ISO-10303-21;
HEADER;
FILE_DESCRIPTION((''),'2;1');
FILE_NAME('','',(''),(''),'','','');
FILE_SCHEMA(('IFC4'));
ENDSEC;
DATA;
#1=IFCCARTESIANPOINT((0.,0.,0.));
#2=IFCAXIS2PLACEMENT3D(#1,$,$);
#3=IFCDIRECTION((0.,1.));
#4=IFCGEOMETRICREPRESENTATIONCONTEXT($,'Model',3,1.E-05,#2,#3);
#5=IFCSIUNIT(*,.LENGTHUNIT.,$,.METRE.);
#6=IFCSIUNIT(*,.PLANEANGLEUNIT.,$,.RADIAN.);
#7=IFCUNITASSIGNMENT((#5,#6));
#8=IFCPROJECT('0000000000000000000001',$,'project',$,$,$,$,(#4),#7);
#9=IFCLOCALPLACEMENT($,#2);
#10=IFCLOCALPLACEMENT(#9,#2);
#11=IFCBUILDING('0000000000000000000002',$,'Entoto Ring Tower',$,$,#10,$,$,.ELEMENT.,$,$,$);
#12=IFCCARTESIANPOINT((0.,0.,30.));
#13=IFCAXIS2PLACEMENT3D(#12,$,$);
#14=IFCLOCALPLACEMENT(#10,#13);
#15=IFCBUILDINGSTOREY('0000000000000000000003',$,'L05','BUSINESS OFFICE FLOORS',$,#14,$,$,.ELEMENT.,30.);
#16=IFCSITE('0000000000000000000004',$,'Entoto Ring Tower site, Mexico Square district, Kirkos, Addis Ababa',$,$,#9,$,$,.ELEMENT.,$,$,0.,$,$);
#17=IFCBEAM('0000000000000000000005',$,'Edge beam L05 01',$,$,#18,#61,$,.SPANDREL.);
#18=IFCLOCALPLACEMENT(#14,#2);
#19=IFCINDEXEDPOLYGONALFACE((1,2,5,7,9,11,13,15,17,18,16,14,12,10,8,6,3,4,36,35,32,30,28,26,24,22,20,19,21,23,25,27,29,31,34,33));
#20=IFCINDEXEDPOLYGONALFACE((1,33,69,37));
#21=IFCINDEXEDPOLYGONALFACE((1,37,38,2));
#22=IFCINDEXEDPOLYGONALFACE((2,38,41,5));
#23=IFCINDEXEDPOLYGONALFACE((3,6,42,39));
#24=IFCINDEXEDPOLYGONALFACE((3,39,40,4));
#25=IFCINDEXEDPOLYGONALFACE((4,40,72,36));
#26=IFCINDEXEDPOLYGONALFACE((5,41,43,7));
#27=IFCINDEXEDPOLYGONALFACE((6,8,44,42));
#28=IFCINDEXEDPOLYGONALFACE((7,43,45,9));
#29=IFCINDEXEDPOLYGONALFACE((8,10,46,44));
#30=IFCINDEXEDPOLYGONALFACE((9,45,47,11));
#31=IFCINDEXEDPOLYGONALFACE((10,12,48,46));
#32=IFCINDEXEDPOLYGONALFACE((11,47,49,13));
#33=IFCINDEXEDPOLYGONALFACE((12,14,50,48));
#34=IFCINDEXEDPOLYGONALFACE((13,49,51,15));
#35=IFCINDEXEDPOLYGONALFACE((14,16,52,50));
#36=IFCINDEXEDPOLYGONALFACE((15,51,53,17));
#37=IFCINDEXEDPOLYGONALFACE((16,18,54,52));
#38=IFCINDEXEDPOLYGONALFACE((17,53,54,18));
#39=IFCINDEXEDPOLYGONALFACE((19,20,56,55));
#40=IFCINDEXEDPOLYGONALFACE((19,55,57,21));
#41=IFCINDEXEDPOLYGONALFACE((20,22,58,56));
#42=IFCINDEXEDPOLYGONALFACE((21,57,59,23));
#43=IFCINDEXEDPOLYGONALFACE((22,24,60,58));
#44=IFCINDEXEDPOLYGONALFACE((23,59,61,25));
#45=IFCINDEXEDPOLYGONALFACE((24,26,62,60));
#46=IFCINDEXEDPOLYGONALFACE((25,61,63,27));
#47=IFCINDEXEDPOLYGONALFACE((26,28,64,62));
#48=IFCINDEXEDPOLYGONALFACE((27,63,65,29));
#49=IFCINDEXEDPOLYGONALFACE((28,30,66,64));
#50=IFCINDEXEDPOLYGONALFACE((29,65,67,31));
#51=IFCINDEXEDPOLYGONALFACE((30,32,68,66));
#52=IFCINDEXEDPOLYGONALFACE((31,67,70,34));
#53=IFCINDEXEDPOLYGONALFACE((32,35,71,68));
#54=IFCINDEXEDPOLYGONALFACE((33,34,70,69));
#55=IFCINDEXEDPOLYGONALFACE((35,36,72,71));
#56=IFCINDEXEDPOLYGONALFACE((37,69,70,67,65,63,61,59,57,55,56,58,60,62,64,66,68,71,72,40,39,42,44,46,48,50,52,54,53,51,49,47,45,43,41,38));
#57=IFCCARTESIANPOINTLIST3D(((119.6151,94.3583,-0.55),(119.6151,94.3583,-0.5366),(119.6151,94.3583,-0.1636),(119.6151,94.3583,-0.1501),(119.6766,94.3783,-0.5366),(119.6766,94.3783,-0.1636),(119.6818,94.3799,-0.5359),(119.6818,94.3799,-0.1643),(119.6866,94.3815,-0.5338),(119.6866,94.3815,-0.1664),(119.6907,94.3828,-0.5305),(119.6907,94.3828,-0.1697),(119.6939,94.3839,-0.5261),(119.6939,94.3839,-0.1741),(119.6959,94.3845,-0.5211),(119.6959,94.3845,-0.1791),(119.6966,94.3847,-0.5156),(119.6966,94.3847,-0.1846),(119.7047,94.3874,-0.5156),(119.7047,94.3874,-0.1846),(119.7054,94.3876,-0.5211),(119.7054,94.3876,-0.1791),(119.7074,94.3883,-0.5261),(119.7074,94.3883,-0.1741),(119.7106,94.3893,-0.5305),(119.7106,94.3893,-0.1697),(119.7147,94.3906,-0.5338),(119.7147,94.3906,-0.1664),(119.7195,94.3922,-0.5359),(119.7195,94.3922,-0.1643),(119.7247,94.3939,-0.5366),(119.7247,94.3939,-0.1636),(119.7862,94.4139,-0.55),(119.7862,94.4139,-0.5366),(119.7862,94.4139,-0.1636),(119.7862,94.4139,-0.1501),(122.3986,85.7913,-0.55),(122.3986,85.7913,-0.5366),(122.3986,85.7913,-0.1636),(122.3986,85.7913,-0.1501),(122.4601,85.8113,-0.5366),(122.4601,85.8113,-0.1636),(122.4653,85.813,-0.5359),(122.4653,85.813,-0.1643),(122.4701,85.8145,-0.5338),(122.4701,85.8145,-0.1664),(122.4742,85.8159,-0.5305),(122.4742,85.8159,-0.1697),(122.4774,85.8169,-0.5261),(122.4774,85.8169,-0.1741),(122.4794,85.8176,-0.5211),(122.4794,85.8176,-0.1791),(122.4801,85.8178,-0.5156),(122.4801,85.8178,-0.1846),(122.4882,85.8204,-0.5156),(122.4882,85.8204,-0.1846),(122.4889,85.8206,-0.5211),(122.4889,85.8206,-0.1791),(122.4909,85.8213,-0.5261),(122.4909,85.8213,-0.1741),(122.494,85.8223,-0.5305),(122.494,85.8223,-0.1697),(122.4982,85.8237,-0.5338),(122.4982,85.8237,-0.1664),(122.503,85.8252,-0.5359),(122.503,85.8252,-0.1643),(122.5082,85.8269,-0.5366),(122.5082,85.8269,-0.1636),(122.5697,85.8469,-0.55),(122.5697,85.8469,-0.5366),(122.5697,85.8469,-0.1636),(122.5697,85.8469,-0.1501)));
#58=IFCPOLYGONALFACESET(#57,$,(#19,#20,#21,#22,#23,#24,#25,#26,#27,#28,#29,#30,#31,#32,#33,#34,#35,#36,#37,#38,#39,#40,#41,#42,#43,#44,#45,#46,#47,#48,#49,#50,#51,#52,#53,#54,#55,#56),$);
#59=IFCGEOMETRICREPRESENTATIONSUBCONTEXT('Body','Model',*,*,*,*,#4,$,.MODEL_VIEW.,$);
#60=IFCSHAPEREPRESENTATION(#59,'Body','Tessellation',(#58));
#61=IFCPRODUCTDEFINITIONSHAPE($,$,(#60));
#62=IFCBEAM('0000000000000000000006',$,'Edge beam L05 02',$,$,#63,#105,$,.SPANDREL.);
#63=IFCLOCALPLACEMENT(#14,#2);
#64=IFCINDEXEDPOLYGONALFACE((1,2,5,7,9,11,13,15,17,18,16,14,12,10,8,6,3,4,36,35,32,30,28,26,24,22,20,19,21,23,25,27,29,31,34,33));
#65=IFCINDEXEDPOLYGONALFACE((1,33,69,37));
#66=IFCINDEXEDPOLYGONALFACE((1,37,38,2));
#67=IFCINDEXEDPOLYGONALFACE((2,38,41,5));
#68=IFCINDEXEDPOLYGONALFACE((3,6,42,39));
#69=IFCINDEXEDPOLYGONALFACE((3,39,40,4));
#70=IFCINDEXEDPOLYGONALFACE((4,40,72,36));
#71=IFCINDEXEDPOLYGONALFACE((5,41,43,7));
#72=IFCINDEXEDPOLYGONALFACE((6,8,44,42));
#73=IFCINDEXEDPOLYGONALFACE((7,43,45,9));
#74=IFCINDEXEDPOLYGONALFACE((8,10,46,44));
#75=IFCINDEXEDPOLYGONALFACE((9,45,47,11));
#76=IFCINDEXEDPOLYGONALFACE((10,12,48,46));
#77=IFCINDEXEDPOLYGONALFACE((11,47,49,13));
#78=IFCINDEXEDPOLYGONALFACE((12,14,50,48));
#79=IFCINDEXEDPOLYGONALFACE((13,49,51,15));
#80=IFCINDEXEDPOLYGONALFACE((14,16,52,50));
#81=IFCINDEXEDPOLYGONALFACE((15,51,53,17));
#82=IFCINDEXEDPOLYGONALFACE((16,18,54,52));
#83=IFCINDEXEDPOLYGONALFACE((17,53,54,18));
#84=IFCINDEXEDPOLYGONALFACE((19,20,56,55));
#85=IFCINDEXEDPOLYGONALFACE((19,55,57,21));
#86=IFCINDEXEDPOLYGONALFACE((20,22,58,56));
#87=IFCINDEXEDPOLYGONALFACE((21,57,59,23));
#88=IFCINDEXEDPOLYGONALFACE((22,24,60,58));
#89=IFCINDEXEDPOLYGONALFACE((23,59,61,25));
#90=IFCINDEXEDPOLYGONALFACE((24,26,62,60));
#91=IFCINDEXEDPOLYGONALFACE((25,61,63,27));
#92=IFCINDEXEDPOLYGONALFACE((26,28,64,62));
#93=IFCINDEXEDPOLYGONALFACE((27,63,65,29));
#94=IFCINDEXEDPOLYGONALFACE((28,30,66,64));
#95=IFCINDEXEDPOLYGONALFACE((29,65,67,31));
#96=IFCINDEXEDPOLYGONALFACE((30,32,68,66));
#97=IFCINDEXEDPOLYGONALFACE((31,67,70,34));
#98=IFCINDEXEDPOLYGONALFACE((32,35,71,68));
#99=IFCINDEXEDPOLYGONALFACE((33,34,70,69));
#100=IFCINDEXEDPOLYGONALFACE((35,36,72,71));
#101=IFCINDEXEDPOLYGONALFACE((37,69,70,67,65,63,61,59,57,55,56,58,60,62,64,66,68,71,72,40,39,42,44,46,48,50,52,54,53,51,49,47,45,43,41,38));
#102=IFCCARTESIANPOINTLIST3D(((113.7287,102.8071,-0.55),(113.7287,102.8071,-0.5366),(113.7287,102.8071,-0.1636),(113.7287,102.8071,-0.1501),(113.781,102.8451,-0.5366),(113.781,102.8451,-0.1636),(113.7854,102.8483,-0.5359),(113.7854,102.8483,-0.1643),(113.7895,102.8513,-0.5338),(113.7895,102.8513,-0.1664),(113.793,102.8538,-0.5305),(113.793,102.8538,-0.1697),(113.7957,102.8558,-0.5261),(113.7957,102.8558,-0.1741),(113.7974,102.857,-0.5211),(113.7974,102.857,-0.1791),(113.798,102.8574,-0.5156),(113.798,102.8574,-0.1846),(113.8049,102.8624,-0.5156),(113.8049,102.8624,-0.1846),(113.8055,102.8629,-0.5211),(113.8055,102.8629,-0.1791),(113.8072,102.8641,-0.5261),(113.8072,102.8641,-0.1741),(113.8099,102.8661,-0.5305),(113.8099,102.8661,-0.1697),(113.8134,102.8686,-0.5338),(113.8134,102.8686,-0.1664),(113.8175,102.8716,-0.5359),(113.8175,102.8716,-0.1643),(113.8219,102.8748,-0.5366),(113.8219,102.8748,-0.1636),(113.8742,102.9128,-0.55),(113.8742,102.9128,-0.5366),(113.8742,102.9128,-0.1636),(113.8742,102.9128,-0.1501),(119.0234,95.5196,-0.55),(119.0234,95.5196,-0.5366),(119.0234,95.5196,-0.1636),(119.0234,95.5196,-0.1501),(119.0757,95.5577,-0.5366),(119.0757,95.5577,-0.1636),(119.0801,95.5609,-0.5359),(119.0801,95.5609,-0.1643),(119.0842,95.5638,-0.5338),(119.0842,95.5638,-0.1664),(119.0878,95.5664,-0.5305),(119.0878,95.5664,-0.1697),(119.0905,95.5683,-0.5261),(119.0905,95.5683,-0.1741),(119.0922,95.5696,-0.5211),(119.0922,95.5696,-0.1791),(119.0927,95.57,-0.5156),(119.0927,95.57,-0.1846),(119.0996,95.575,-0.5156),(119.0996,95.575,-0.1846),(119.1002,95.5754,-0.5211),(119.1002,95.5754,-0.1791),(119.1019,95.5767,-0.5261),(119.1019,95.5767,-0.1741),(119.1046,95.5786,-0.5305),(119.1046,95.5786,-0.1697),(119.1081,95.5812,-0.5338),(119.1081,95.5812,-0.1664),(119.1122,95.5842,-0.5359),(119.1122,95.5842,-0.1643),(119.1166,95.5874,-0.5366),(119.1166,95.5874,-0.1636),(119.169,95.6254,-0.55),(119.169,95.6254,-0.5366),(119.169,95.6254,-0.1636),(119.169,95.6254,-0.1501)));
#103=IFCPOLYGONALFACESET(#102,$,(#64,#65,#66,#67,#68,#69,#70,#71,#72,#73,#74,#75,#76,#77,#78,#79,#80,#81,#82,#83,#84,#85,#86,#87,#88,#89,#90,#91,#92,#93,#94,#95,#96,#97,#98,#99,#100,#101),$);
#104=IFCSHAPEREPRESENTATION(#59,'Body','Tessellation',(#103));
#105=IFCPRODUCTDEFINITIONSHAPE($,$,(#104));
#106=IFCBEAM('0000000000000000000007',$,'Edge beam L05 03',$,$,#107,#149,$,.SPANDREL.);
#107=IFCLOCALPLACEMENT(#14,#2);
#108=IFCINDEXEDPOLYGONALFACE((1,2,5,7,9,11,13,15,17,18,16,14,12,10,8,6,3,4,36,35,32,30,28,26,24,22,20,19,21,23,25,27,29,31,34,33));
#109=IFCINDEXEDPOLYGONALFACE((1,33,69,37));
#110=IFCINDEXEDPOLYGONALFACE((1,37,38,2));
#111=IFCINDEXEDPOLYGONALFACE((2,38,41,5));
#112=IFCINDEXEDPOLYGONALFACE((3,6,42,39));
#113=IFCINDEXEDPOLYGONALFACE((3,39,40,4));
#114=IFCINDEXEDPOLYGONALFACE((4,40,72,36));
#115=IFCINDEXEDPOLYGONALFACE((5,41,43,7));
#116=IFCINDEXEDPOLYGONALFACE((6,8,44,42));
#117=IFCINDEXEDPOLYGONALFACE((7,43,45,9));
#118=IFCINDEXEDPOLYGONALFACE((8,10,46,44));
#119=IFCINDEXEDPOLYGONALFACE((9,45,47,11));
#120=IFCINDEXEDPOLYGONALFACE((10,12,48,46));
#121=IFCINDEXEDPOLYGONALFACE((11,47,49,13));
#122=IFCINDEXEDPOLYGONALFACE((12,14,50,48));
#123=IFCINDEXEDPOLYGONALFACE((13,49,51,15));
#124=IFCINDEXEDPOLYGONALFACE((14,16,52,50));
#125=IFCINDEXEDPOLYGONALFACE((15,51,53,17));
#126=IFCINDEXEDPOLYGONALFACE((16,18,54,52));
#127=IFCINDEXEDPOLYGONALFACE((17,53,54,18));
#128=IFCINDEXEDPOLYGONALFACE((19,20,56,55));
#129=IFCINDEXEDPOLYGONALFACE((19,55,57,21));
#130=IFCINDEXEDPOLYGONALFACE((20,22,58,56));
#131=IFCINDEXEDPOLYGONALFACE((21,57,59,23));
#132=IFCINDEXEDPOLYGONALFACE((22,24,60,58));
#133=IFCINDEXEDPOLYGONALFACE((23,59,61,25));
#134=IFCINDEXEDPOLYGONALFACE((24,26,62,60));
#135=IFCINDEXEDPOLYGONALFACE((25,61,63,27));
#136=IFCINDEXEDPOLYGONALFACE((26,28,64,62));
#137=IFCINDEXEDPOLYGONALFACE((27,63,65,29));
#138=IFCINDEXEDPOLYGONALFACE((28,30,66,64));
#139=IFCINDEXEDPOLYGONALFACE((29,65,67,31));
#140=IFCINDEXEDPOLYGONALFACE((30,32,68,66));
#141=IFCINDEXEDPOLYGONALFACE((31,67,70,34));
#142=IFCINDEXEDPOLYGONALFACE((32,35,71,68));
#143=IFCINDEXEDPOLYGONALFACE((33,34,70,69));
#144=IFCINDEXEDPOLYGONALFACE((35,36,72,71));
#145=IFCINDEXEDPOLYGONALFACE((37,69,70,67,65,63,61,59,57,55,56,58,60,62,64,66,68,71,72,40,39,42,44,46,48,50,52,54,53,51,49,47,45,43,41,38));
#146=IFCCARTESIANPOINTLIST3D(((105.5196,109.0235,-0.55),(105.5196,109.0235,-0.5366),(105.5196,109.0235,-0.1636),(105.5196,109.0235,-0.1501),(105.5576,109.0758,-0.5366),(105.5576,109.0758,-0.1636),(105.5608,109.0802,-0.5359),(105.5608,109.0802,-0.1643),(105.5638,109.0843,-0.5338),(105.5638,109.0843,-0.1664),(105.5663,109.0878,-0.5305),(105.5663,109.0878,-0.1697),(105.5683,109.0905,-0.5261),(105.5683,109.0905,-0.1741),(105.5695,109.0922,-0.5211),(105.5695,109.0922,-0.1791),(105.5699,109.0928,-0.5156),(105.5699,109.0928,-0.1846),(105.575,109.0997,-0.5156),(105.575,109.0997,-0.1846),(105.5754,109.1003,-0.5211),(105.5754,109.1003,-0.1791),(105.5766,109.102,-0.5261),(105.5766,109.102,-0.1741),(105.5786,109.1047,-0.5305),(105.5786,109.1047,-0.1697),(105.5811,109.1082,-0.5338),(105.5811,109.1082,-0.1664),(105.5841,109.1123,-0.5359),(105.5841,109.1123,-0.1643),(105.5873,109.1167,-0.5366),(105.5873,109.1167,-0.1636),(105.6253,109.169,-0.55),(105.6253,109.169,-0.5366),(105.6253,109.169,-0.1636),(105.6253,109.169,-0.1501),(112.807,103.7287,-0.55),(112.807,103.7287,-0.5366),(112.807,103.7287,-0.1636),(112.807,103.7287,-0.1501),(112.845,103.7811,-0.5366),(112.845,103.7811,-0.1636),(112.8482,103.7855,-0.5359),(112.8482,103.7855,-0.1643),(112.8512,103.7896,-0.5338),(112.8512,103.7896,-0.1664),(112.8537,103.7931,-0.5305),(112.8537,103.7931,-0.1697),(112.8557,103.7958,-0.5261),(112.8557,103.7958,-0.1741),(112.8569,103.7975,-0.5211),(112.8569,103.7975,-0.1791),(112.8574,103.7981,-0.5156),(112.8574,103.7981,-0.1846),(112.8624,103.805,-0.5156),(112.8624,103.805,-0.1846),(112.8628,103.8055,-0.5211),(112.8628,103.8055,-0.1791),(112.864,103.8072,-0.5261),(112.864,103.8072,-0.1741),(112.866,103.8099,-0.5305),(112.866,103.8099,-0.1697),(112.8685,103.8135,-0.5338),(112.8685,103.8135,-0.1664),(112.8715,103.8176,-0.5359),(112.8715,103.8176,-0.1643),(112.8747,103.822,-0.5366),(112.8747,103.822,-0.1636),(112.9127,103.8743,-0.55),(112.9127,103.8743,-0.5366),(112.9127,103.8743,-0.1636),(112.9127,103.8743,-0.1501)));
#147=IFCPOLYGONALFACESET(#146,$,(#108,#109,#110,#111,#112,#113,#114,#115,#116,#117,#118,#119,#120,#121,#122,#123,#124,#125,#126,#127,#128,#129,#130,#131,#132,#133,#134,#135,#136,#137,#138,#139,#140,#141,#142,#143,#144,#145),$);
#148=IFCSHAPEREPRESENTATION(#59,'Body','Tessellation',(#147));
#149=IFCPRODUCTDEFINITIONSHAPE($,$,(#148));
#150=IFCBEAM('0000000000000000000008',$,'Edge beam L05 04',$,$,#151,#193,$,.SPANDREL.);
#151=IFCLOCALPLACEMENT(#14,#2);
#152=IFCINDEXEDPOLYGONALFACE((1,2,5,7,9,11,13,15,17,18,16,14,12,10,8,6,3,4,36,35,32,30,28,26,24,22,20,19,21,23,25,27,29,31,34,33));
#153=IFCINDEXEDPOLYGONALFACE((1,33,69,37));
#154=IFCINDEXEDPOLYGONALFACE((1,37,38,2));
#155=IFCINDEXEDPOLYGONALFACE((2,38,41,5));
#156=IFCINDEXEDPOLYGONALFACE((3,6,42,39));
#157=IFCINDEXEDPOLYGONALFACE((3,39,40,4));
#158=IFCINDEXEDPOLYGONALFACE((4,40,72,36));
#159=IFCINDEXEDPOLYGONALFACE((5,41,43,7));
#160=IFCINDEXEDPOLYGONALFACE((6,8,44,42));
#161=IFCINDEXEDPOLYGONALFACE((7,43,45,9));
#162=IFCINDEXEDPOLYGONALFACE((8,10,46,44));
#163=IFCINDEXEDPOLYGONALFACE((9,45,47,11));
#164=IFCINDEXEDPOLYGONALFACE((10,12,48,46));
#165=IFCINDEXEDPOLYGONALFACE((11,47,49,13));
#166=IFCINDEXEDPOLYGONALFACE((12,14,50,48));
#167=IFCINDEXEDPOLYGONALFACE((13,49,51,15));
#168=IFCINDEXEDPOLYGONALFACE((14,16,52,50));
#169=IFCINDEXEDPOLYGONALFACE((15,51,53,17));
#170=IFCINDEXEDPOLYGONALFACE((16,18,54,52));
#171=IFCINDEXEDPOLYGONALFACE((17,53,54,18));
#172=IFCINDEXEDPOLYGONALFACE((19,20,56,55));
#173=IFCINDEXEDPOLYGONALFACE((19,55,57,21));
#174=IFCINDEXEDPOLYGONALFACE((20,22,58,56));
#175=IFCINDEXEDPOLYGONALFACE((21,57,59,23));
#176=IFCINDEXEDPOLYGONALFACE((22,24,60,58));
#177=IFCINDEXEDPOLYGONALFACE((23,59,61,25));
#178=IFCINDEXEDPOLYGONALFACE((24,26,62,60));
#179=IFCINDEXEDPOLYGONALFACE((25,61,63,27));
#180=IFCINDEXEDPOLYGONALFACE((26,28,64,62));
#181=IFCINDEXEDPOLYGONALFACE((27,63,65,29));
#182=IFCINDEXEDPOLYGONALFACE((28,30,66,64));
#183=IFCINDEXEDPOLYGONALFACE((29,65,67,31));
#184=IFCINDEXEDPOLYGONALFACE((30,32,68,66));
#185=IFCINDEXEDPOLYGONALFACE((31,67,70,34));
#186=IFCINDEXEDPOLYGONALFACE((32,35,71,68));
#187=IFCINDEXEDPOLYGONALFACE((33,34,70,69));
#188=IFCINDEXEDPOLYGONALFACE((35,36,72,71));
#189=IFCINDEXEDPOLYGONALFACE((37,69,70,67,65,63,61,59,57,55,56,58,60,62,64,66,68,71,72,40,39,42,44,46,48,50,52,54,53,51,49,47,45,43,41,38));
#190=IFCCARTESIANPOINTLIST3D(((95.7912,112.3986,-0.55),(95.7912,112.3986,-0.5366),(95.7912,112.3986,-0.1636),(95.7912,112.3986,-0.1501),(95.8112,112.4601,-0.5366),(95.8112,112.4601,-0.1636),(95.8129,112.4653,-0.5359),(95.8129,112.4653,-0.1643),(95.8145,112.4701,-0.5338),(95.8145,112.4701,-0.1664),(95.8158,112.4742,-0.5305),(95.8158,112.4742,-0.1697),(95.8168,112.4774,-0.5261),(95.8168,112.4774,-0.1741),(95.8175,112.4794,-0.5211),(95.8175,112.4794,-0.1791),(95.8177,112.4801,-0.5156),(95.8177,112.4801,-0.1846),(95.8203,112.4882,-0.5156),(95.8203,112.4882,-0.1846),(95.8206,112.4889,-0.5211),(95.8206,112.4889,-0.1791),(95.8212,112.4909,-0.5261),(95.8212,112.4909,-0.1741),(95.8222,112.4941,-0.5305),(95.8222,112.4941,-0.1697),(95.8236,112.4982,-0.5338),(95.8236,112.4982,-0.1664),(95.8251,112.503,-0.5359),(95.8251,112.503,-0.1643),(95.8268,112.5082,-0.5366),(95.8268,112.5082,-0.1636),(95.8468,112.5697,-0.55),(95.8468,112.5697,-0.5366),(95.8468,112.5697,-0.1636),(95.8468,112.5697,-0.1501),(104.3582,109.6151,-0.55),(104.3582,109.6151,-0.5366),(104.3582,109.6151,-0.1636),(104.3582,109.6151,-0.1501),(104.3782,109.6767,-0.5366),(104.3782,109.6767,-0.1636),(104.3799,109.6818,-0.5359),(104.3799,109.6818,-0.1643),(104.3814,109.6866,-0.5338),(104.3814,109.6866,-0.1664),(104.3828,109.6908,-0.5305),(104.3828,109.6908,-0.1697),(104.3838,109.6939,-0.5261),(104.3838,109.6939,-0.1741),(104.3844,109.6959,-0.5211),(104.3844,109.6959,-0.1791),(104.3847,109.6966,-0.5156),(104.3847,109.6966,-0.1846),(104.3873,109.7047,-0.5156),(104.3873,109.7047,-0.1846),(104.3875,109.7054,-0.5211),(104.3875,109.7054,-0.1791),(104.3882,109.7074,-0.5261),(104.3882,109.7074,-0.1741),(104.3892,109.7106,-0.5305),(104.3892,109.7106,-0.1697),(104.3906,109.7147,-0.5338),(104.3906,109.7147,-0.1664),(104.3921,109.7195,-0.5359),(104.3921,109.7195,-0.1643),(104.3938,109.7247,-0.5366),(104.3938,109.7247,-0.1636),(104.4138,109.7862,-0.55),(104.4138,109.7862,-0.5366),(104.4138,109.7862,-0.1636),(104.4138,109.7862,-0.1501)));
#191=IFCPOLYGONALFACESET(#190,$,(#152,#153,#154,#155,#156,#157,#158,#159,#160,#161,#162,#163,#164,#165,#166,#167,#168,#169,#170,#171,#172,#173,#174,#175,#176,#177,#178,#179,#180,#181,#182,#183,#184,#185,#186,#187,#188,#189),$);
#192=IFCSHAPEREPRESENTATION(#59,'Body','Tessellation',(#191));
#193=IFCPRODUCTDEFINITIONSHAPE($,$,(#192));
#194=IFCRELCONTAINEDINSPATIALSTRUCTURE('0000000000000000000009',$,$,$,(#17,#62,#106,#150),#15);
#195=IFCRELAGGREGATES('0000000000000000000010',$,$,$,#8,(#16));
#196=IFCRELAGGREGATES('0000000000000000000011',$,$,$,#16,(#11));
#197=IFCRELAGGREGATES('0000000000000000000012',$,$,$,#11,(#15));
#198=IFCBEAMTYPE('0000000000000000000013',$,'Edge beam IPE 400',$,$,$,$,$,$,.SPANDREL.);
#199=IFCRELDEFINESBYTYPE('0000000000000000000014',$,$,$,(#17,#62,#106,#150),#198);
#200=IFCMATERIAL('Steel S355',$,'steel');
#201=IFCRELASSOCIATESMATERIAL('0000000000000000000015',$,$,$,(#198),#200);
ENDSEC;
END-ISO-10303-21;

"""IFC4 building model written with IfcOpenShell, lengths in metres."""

from ifc_helpers import new_model, si_unit, direction, frame, origin, origin_2d, place, context, subcontext, project, spatial, i_section, extrude, material, material_profile, profile_set, type_object, element, save


model = new_model("IFC4")

# Units and contexts
model_context = context("Model", 3, precision=1e-05, world=origin(), true_north=direction((0.0, 1.0)))
body_context = subcontext(model_context, "Body", "Model", "MODEL_VIEW")
ifc_project = project(units=[si_unit("LENGTHUNIT", "METRE"), si_unit("PLANEANGLEUNIT", "RADIAN")], contexts=[model_context])

# Site, building, storey
site_placement = place(None, origin())
site = spatial("IfcSite", under=ifc_project, at=site_placement, Name="Entoto Ring Tower site, Mexico Square district, Kirkos, Addis Ababa", CompositionType="ELEMENT", RefElevation=0.0)
building_placement = place(site_placement, origin())
building = spatial("IfcBuilding", under=site, at=building_placement, Name="Entoto Ring Tower", CompositionType="ELEMENT")
storey_placement = place(building_placement, frame((0.0, 0.0, 30.0)))
storey = spatial("IfcBuildingStorey", under=building, at=storey_placement, Name="L05", Description="BUSINESS OFFICE FLOORS", CompositionType="ELEMENT", Elevation=30.0)

# Beams
ifc_material_1 = material(Name="Steel S355", Category="steel")
ifc_material_profile_1 = material_profile(ifc_material_1, i_section(OverallWidth=0.1799, OverallDepth=0.3999, WebThickness=0.0085, FlangeThickness=0.0134, FilletRadius=0.021, at=origin_2d()), Name="IPE 400")
ifc_profile_set_1 = profile_set([ifc_material_profile_1], Name="Steel S355")
beam_type_1 = type_object("IfcBeamType", Name="Edge beam IPE 400", PredefinedType="SPANDREL", material=ifc_profile_set_1)
for number, where, z_axis, x_axis, name in (
    (1, (122.4841, 85.8191, -0.3501), (-0.309006, 0.95106, 0.0), (-0.95106, -0.309006, 0.0), "Edge beam L05 01"),
    (2, (119.0962, 95.5725, -0.3501), (-0.587793, 0.809011, 0.0), (-0.809011, -0.587793, 0.0), "Edge beam L05 02"),
    (3, (112.8599, 103.8015, -0.3501), (-0.809011, 0.587793, 0.0), (-0.587793, -0.809011, 0.0), "Edge beam L05 03"),
    (4, (104.386, 109.7007, -0.3501), (-0.95106, 0.309006, 0.0), (-0.309006, -0.95106, 0.0), "Edge beam L05 04"),
):
    element("IfcBeam", number, at=place(storey_placement, frame(where, z_axis=z_axis, x_axis=x_axis)), inside=storey, type_object=beam_type_1, Name=name, PredefinedType="SPANDREL", context=body_context, shape_type="SweptSolid", body=[
        extrude(i_section(OverallWidth=0.1799, OverallDepth=0.3999, WebThickness=0.0085, FlangeThickness=0.0134, FilletRadius=0.021, at=origin_2d()), origin(), (0.0, 0.0, 1.0), 9.0078),
    ])

save(model, "model.ifc")
